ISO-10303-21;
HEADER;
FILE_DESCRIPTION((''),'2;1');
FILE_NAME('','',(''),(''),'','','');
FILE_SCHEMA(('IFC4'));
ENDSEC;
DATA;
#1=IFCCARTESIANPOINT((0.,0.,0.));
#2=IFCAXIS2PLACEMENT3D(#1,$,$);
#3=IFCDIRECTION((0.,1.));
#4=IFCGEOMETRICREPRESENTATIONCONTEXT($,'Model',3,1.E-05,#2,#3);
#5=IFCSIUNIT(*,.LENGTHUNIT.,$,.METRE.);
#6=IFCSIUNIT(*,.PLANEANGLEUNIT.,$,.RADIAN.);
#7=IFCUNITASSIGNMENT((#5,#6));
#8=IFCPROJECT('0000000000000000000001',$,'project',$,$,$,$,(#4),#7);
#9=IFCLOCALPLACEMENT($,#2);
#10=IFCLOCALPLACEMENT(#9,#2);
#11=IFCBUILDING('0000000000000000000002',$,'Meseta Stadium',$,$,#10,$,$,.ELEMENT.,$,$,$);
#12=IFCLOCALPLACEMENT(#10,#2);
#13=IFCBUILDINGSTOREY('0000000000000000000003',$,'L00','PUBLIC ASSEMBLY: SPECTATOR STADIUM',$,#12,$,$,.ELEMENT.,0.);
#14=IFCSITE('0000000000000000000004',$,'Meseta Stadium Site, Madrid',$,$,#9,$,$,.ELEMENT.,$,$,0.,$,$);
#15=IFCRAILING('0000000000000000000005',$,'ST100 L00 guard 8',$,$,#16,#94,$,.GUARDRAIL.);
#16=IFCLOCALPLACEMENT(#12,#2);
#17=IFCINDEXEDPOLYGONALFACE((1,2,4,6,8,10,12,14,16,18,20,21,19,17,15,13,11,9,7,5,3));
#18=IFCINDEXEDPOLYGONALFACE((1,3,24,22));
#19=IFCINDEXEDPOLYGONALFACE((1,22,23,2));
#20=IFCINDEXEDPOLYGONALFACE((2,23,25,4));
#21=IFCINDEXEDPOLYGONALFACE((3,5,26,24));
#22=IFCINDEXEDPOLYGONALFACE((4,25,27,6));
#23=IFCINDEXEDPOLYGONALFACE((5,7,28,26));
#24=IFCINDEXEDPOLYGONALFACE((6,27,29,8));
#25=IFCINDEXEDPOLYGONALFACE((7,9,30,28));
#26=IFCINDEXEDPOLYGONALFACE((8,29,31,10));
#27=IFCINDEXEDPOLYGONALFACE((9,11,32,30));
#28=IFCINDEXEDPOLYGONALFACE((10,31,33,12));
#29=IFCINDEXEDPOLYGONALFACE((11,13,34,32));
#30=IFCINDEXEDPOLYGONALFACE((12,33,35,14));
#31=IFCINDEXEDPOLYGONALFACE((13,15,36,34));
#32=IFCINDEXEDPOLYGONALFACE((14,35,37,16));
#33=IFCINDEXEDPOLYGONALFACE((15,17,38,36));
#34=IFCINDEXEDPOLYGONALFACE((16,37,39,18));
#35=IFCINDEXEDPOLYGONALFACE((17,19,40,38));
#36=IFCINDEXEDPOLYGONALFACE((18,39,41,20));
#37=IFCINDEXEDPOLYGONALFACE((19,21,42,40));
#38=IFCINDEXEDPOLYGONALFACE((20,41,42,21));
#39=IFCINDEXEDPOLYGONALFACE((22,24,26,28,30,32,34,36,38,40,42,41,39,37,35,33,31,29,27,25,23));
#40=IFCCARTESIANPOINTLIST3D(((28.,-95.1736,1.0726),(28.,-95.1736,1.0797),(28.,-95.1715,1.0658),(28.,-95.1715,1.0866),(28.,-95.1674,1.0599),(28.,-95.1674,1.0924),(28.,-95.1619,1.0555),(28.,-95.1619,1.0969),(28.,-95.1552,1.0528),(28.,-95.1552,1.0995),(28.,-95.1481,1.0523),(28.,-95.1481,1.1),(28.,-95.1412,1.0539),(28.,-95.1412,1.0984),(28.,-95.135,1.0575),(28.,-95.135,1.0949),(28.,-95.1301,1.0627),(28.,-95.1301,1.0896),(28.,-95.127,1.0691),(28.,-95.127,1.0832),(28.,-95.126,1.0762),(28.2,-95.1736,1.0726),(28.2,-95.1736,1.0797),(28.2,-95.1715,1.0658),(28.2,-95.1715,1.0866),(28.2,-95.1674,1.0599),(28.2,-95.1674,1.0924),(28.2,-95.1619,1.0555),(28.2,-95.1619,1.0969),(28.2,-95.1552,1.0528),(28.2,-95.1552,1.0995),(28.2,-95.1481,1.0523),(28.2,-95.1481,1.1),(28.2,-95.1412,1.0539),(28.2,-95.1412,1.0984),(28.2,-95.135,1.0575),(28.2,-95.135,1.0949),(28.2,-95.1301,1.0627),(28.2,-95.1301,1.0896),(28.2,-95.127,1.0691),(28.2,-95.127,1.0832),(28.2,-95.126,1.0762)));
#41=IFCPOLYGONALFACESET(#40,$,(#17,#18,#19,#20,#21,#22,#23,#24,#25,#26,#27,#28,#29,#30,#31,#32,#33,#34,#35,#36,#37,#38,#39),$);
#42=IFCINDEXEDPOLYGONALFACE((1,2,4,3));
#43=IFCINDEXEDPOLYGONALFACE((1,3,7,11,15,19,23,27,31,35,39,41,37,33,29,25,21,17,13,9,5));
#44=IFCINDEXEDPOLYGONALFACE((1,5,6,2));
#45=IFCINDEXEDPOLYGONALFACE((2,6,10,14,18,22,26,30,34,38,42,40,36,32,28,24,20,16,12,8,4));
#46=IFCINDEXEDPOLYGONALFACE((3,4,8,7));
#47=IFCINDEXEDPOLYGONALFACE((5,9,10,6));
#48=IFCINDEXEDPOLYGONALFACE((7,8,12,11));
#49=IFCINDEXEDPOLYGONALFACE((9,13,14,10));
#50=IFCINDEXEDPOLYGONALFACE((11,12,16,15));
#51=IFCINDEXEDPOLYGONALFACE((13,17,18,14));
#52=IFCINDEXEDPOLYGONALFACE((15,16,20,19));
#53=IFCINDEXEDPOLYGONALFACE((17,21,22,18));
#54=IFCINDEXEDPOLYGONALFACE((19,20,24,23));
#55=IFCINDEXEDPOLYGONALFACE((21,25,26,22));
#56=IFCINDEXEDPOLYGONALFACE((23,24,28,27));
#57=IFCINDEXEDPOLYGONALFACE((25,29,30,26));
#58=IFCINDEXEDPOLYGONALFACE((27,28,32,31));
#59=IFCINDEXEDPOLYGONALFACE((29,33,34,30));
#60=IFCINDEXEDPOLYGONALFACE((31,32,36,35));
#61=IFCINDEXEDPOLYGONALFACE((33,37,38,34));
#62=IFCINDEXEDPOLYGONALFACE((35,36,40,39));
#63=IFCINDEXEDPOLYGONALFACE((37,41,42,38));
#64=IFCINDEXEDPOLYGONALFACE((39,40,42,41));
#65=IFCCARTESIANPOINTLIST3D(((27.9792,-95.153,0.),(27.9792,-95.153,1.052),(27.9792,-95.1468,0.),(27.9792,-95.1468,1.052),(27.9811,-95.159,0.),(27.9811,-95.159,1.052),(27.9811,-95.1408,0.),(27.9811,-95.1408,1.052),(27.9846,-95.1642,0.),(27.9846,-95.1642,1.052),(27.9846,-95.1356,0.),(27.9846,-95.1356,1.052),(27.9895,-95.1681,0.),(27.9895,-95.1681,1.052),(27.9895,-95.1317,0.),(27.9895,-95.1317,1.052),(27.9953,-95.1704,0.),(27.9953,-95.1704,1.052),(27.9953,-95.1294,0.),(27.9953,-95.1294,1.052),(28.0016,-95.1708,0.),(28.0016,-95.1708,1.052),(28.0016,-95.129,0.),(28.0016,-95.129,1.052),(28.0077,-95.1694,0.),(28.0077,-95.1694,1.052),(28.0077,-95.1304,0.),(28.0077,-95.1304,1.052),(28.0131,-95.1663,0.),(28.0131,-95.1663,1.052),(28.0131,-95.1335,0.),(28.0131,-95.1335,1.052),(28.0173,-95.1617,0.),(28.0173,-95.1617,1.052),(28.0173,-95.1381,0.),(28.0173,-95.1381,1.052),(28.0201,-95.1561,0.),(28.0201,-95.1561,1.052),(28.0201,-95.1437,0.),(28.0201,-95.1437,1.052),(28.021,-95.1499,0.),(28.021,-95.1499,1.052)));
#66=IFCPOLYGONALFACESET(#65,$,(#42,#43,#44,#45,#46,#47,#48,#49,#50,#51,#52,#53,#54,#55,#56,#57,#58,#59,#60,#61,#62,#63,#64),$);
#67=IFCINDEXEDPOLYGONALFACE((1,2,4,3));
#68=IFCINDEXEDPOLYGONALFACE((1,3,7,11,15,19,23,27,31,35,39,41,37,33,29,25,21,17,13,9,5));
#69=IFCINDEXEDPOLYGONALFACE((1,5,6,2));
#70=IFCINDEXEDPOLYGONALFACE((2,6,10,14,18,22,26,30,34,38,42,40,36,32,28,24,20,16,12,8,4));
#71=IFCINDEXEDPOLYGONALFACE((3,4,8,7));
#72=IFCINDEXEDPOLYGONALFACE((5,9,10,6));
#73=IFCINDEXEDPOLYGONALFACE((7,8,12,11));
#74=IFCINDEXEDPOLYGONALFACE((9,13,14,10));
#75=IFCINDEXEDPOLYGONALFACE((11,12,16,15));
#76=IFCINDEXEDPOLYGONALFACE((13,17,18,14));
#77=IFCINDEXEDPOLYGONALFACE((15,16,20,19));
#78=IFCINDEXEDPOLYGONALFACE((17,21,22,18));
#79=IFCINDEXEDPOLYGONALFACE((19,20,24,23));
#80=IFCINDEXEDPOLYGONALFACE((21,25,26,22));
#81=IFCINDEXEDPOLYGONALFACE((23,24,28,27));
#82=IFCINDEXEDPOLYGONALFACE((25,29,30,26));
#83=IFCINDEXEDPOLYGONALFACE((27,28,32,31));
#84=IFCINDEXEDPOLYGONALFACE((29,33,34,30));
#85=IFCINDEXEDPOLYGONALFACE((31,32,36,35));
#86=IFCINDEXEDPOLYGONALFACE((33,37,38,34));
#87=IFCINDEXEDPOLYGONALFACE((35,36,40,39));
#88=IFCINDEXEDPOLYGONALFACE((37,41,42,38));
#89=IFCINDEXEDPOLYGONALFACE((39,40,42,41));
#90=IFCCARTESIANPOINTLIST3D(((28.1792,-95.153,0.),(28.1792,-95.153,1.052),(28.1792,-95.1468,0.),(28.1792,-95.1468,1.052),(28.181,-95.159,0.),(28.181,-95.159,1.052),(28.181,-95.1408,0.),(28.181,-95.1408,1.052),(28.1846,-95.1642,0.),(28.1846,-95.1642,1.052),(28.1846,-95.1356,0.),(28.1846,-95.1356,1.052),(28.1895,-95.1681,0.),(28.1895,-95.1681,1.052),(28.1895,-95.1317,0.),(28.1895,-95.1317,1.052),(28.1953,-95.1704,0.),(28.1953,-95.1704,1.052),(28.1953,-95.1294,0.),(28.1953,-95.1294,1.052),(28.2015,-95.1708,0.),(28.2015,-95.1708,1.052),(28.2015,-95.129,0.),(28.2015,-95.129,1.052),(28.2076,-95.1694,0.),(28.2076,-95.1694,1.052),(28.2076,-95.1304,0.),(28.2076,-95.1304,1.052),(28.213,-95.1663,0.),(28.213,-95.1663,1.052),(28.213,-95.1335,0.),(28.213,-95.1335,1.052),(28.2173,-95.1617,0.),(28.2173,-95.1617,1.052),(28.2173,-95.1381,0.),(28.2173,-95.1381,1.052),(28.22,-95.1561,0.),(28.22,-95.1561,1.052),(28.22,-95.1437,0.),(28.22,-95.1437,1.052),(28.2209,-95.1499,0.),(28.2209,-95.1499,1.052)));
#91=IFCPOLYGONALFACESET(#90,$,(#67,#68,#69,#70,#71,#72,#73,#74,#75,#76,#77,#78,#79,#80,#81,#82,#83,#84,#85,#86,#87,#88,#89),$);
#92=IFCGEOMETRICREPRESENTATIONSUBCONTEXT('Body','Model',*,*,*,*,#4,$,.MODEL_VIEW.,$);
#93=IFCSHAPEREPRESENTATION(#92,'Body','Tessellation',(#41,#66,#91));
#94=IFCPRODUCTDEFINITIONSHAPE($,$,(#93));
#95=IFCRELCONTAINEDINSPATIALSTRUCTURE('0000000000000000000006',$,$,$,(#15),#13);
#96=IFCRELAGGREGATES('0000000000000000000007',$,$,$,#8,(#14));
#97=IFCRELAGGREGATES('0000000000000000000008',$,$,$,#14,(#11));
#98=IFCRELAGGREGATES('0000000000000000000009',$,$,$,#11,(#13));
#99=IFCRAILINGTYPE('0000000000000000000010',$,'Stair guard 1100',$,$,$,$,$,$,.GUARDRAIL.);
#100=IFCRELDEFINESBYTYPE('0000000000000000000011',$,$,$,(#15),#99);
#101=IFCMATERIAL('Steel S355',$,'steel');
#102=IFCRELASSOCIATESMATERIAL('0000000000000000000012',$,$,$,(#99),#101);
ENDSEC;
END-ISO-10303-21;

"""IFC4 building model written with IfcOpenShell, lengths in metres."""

from ifc_helpers import new_model, si_unit, direction, frame, origin, origin_2d, place, context, subcontext, project, spatial, circle, extrude, material, type_object, element, save


model = new_model("IFC4")

# Units and contexts
model_context = context("Model", 3, precision=1e-05, world=origin(), true_north=direction((0.0, 1.0)))
body_context = subcontext(model_context, "Body", "Model", "MODEL_VIEW")
ifc_project = project(units=[si_unit("LENGTHUNIT", "METRE"), si_unit("PLANEANGLEUNIT", "RADIAN")], contexts=[model_context])

# Site, building, storey
site_placement = place(None, origin())
site = spatial("IfcSite", under=ifc_project, at=site_placement, Name="Meseta Stadium Site, Madrid", CompositionType="ELEMENT", RefElevation=0.0)
building_placement = place(site_placement, origin())
building = spatial("IfcBuilding", under=site, at=building_placement, Name="Meseta Stadium", CompositionType="ELEMENT")
storey_placement = place(building_placement, origin())
storey = spatial("IfcBuildingStorey", under=building, at=storey_placement, Name="L00", Description="PUBLIC ASSEMBLY: SPECTATOR STADIUM", CompositionType="ELEMENT", Elevation=0.0)

# Railing
ifc_material_1 = material(Name="Steel S355", Category="steel")
railing_type = type_object("IfcRailingType", Name="Stair guard 1100", PredefinedType="GUARDRAIL", material=ifc_material_1)
railing_placement = place(storey_placement, frame((28.0, -95.1499, 0.0)))
element("IfcRailing", 1, at=railing_placement, inside=storey, type_object=railing_type, Name="ST100 L00 guard 8", PredefinedType="GUARDRAIL", context=body_context, shape_type="SweptSolid", body=[
    extrude(circle(Radius=0.0239, at=origin_2d()), frame((0.0, 0.0, 1.0762), z_axis=(1.0, 0.0, 0.0), x_axis=(0.0, 1.0, 0.0)), (0.0, 0.0, 1.0), 0.2),
    extrude(circle(Radius=0.021, at=origin_2d()), origin(), (0.0, 0.0, 1.0), 1.052),
    extrude(circle(Radius=0.021, at=origin_2d()), frame((0.2, 0.0, 0.0)), (0.0, 0.0, 1.0), 1.052),
])

save(model, "model.ifc")
